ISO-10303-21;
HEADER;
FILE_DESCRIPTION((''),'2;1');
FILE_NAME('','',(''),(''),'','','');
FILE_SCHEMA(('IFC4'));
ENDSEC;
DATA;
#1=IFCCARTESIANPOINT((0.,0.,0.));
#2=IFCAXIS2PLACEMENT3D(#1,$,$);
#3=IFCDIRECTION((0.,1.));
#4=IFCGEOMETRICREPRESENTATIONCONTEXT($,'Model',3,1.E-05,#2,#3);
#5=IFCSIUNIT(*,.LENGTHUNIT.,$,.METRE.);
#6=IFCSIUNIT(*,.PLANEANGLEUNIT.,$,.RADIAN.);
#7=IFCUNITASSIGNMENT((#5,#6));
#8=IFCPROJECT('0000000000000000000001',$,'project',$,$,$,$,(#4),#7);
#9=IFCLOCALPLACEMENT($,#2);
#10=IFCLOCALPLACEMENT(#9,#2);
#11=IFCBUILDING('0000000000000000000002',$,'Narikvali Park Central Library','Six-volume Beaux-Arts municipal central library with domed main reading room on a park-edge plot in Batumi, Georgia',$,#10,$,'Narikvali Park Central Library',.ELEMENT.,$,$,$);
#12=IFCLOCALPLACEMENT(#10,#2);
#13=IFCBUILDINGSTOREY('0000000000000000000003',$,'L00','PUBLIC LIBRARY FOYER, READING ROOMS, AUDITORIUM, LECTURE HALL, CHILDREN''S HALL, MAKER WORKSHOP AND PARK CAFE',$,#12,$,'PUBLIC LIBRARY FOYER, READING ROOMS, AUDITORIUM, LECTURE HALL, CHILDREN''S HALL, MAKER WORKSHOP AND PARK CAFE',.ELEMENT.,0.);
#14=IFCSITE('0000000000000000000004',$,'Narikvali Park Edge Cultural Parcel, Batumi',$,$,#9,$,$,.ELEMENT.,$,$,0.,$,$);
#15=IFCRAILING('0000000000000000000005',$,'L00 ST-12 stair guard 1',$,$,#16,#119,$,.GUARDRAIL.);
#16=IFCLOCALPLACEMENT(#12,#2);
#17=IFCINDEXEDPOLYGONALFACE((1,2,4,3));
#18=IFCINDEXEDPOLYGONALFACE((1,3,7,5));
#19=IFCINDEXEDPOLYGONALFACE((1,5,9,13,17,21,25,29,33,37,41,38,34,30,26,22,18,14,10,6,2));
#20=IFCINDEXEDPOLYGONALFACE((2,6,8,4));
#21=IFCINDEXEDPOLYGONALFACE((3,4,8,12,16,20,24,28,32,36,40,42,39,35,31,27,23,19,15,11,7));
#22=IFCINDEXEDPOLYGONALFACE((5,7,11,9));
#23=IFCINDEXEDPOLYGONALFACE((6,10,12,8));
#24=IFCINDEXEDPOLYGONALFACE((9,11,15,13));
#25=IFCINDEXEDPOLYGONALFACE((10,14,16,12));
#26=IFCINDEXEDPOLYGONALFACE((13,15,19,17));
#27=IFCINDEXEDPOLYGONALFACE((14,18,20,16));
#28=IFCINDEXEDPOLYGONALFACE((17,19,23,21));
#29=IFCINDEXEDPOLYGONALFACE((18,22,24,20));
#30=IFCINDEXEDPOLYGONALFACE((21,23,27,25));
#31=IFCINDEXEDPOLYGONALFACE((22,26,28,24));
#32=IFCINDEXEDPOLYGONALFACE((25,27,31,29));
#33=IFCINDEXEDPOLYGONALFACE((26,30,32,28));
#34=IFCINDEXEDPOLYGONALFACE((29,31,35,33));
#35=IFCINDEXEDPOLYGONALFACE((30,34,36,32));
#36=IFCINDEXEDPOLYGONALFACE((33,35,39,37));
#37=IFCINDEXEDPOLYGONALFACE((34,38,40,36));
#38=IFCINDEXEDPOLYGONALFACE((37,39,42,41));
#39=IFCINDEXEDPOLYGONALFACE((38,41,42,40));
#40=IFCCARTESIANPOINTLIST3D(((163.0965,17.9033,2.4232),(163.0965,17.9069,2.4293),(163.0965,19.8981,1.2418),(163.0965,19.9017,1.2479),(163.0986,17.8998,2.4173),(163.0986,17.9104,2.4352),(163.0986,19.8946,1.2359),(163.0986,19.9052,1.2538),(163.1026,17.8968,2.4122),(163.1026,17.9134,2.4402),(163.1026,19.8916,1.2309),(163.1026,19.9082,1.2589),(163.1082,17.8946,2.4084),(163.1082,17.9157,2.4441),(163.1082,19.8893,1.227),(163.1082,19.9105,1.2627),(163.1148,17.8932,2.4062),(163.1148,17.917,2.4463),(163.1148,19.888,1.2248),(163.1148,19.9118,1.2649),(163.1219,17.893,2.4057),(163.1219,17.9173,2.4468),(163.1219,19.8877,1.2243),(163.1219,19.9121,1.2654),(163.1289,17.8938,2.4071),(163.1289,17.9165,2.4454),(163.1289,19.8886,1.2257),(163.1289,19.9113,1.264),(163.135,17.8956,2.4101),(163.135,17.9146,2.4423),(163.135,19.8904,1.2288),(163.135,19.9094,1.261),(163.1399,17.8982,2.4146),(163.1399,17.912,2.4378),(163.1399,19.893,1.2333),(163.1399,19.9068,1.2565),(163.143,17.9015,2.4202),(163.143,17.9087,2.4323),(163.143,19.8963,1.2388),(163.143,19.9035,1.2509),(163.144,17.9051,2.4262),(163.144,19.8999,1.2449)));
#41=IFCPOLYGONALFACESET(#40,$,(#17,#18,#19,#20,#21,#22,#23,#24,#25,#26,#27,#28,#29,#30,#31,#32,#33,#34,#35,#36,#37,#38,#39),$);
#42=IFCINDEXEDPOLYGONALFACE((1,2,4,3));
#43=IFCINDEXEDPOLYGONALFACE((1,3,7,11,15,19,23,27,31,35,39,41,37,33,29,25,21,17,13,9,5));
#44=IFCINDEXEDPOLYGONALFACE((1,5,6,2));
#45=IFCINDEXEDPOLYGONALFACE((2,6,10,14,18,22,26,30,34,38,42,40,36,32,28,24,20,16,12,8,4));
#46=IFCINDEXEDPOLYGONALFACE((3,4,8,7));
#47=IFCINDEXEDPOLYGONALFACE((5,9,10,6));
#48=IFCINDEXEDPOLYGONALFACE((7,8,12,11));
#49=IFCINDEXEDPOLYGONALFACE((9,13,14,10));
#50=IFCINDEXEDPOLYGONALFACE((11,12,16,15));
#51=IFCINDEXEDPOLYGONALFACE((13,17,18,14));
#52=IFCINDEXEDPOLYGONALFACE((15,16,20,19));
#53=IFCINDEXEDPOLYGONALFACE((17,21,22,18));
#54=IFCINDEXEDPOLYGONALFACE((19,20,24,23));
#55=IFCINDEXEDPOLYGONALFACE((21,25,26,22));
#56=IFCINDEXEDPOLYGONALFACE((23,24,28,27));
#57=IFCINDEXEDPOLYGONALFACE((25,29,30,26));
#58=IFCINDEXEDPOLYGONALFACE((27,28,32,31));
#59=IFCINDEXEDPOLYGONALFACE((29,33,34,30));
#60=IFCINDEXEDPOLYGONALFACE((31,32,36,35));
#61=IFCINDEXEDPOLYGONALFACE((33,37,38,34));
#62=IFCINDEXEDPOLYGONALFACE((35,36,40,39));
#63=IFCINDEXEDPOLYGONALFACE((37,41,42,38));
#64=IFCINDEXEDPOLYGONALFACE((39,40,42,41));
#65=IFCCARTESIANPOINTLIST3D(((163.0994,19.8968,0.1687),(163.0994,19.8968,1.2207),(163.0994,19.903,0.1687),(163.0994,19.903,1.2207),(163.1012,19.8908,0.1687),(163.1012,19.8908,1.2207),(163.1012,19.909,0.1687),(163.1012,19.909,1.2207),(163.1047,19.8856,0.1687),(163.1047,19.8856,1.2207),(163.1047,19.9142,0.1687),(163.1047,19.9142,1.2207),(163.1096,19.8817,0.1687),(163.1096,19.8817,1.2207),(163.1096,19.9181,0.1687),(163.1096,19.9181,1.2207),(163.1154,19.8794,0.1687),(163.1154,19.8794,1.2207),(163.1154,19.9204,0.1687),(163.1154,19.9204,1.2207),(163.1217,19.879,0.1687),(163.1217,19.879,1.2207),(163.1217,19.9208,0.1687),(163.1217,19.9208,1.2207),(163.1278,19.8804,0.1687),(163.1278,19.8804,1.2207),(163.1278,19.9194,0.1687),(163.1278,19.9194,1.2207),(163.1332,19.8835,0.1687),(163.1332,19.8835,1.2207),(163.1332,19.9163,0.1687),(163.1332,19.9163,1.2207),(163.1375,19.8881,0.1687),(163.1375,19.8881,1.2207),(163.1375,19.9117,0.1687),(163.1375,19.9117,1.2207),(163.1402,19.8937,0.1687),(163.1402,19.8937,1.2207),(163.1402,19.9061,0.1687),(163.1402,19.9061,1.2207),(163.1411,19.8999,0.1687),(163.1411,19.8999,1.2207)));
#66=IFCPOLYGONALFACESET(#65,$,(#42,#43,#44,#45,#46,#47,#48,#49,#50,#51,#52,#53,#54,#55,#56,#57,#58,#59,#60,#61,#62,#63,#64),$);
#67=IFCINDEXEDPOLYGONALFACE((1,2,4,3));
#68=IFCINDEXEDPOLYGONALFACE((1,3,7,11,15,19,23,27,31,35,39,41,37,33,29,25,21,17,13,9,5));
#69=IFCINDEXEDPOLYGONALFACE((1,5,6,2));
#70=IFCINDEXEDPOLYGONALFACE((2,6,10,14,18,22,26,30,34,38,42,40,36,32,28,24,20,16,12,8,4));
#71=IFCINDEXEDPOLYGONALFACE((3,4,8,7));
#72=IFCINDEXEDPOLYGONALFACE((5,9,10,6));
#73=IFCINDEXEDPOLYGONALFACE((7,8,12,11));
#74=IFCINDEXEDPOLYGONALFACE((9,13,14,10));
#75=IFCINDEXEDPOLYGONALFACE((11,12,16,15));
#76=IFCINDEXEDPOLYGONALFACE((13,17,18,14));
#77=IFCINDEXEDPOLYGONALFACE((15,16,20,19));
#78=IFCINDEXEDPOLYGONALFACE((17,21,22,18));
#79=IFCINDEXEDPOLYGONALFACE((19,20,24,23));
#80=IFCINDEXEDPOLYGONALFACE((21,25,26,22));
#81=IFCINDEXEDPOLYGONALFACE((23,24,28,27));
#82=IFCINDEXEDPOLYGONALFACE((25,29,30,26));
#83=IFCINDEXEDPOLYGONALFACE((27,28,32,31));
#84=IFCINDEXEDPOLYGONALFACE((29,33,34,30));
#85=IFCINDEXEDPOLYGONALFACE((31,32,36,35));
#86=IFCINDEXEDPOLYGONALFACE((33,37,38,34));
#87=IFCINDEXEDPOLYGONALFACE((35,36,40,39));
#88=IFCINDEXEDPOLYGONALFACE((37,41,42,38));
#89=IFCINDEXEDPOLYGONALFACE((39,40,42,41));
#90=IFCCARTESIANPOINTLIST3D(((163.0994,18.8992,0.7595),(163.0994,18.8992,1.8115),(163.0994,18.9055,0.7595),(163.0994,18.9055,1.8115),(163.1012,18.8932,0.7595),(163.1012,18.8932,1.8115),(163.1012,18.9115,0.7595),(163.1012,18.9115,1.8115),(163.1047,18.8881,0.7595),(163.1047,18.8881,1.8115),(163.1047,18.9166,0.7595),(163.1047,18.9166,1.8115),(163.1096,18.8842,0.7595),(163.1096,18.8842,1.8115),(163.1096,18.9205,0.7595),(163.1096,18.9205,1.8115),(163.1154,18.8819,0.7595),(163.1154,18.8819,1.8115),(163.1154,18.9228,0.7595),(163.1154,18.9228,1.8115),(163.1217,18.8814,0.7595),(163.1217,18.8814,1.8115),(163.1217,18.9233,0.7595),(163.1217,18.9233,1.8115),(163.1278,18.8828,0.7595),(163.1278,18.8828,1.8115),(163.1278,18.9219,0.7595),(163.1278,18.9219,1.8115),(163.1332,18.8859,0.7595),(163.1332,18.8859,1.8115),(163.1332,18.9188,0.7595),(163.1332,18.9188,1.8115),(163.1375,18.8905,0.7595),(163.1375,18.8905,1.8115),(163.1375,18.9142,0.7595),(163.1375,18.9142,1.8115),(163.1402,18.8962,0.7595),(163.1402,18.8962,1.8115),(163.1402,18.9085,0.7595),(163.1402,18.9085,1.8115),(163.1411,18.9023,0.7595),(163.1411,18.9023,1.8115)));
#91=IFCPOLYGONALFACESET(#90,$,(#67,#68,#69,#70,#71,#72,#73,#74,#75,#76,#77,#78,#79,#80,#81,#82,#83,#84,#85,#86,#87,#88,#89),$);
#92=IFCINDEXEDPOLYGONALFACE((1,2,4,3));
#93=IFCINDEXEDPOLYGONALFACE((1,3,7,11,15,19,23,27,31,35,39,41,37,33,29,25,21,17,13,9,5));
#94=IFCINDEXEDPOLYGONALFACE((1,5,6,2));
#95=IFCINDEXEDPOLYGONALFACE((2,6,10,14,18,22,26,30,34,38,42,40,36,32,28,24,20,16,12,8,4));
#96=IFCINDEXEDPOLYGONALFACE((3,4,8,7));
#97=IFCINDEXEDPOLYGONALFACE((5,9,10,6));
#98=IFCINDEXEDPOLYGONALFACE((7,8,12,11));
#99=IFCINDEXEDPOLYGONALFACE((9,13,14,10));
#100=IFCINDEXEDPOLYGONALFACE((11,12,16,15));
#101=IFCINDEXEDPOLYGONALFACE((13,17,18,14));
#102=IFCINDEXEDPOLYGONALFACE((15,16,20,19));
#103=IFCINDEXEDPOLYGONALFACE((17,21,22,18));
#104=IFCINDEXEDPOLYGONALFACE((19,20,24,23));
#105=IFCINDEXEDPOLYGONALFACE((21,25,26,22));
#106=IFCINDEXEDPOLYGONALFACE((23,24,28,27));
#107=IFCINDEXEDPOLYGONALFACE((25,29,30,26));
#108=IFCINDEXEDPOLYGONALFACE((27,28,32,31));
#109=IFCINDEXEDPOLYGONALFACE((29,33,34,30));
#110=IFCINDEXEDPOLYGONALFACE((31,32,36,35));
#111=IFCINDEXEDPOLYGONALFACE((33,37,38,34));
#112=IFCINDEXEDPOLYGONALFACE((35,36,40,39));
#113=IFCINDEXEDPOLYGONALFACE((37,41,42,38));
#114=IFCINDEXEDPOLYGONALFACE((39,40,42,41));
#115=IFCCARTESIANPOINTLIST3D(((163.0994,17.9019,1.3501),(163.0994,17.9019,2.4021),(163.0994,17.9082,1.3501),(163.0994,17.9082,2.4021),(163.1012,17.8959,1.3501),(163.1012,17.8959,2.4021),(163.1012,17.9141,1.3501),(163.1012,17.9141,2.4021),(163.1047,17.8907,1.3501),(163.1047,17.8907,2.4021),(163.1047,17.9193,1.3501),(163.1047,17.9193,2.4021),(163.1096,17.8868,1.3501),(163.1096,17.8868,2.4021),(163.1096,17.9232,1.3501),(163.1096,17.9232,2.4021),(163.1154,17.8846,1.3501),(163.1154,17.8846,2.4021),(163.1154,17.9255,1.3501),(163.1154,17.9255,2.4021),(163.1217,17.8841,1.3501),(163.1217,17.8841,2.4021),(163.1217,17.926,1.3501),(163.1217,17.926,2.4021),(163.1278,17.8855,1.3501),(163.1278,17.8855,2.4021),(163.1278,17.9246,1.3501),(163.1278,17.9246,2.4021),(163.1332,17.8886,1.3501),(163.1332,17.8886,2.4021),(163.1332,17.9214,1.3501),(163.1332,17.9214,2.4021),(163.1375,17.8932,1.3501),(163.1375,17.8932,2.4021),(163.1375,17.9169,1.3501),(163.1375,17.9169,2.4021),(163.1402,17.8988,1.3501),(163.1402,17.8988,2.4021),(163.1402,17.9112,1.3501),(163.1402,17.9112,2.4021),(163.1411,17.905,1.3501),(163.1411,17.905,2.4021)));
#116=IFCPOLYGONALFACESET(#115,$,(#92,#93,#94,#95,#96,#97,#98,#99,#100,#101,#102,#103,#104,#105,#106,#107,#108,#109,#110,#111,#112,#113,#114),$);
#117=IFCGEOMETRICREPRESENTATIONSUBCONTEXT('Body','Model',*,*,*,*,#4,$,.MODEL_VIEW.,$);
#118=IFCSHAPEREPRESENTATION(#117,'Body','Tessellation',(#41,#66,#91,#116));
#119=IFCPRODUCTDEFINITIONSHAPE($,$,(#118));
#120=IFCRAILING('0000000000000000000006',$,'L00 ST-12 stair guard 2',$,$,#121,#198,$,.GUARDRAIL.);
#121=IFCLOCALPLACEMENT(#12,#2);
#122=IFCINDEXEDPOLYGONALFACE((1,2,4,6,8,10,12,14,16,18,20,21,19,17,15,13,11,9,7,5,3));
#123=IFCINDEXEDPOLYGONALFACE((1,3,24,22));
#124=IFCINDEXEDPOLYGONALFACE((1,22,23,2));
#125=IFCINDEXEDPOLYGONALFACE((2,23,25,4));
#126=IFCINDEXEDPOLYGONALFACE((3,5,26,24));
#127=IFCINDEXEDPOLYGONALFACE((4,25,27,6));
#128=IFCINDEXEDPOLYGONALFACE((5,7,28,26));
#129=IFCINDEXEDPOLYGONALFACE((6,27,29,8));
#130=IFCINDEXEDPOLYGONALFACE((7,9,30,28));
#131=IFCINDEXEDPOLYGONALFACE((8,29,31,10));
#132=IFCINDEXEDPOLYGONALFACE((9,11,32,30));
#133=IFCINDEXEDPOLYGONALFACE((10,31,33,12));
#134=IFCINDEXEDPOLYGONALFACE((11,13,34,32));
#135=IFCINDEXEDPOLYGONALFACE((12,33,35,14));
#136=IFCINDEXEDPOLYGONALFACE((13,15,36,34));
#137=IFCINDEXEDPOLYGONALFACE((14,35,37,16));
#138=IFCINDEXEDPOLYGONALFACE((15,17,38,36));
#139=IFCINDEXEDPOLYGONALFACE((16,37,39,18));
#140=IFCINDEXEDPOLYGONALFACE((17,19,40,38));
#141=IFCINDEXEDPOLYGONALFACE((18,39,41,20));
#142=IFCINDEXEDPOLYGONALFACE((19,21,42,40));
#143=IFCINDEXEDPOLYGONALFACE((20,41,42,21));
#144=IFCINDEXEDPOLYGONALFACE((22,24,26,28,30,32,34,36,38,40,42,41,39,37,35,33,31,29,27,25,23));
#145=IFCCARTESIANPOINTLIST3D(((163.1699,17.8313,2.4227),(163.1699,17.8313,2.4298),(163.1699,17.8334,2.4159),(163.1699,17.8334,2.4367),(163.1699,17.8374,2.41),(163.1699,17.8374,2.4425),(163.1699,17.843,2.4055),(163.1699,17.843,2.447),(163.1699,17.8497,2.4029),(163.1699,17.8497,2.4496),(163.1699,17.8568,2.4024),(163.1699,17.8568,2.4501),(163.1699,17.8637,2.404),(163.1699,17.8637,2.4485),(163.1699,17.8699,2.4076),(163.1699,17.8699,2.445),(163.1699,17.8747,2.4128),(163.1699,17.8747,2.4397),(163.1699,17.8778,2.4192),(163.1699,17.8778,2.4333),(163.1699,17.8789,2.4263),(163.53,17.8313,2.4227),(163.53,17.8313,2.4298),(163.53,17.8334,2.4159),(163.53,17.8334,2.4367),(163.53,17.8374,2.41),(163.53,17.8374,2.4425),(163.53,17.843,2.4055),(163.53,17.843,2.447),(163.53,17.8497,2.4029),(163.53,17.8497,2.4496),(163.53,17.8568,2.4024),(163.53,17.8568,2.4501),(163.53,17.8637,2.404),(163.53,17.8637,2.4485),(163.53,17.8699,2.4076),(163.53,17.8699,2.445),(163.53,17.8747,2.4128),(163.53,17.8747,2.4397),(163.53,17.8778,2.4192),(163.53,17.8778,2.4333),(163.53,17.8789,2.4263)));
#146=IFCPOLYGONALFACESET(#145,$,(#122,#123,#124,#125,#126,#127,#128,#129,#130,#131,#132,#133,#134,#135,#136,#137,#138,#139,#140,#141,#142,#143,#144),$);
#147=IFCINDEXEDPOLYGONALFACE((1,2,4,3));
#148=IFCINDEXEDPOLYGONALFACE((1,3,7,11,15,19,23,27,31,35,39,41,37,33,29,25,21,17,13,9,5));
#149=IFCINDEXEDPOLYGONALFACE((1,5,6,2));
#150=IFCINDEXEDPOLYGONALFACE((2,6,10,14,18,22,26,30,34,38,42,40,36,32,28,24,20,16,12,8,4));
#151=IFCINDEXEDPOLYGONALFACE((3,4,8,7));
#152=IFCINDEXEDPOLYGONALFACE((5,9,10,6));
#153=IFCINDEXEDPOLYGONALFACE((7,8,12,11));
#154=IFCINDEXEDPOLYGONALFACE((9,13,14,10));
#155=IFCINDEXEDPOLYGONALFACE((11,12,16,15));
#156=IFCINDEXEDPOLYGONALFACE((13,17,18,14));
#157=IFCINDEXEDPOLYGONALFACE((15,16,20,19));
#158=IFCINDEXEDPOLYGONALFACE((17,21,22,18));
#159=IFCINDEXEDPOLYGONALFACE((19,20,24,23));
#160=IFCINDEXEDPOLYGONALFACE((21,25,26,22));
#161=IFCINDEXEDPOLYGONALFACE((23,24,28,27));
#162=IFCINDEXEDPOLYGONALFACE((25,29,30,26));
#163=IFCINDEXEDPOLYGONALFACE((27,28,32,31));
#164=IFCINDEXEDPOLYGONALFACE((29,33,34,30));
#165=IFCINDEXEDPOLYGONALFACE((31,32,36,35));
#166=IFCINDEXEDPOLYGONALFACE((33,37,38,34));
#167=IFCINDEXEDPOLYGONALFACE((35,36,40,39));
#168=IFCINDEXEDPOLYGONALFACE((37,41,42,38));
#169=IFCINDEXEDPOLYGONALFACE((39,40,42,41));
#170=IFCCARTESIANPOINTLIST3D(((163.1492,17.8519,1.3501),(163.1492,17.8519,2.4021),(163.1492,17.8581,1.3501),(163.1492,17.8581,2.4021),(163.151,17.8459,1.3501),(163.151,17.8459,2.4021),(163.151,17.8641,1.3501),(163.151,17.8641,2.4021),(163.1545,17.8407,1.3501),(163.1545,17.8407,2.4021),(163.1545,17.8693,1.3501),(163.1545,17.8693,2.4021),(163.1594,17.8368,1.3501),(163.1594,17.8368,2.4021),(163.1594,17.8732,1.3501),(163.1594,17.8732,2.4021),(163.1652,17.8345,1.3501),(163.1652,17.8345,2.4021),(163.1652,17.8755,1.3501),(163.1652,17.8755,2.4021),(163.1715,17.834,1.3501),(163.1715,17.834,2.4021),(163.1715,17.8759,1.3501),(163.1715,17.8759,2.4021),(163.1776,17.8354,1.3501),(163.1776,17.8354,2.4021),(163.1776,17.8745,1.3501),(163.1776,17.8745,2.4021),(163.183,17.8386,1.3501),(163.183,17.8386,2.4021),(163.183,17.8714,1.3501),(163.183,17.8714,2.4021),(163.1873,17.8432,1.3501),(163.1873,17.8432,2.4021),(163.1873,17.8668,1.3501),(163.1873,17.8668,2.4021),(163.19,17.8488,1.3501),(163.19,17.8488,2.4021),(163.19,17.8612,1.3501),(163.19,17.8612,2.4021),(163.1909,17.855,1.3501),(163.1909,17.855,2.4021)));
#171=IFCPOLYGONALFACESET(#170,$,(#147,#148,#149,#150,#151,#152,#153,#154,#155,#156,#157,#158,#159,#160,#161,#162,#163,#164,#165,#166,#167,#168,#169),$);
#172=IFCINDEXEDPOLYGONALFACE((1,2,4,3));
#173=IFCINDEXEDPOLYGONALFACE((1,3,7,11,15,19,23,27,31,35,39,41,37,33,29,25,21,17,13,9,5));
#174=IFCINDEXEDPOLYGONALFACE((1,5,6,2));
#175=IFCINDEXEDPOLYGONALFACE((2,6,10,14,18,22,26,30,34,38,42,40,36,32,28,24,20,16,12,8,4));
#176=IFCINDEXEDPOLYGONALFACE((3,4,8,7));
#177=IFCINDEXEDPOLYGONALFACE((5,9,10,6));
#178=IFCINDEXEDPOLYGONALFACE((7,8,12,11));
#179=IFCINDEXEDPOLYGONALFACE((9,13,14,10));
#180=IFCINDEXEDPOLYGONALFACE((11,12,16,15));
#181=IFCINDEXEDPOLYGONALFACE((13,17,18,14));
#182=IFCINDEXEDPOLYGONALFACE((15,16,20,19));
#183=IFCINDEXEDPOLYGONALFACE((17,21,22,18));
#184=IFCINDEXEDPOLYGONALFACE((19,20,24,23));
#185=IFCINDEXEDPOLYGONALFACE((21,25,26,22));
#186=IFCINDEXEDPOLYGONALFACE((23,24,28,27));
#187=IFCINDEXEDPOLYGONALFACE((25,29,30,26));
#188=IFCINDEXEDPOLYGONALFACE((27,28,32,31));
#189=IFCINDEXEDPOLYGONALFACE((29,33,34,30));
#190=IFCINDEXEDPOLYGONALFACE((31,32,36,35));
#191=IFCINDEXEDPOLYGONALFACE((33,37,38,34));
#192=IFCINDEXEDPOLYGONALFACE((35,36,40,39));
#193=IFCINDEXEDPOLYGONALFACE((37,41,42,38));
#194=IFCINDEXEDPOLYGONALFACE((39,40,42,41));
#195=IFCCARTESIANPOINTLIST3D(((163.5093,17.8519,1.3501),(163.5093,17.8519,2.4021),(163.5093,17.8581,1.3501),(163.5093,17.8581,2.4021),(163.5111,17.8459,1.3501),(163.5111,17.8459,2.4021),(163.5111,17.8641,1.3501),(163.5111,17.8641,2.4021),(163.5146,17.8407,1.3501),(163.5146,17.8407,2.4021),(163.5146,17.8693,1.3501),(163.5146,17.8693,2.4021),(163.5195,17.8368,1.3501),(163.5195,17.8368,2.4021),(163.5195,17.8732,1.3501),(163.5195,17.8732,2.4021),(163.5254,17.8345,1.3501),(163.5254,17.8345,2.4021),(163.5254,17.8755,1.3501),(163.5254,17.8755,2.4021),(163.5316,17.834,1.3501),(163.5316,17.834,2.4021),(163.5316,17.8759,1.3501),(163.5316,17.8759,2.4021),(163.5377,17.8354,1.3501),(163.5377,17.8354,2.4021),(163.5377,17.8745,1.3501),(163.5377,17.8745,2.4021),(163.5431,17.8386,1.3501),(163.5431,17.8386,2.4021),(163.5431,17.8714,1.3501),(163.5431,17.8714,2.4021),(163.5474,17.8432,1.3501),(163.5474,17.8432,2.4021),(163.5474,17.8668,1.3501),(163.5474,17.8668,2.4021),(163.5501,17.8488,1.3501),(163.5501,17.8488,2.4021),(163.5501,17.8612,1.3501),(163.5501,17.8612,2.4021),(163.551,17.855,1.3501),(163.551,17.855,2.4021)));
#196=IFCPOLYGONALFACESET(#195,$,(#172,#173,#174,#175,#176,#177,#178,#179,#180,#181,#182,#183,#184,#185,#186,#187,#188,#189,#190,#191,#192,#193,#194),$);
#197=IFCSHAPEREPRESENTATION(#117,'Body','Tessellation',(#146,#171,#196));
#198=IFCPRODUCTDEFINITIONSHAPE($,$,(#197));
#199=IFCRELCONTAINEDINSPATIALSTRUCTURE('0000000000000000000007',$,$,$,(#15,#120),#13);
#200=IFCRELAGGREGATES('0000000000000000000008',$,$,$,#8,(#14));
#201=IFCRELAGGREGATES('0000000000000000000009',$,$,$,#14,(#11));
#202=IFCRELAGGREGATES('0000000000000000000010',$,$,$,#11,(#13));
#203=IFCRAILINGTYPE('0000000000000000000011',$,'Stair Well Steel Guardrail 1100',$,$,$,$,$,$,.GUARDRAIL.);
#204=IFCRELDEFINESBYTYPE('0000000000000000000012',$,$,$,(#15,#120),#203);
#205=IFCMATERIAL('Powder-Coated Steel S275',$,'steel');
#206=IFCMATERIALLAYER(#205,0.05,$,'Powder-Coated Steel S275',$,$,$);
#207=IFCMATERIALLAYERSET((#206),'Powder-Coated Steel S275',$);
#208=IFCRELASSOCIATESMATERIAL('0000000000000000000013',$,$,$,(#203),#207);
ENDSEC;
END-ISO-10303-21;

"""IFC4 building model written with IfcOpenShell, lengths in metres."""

from ifc_helpers import new_model, si_unit, direction, frame, origin, origin_2d, place, context, subcontext, project, spatial, circle, extrude, material, layer, layer_set, type_object, element, save


model = new_model("IFC4")

# Units and contexts
model_context = context("Model", 3, precision=1e-05, world=origin(), true_north=direction((0.0, 1.0)))
body_context = subcontext(model_context, "Body", "Model", "MODEL_VIEW")
ifc_project = project(units=[si_unit("LENGTHUNIT", "METRE"), si_unit("PLANEANGLEUNIT", "RADIAN")], contexts=[model_context])

# Site, building, storey
site_placement = place(None, origin())
site = spatial("IfcSite", under=ifc_project, at=site_placement, Name="Narikvali Park Edge Cultural Parcel, Batumi", CompositionType="ELEMENT", RefElevation=0.0)
building_placement = place(site_placement, origin())
building = spatial("IfcBuilding", under=site, at=building_placement, Name="Narikvali Park Central Library", Description="Six-volume Beaux-Arts municipal central library with domed main reading room on a park-edge plot in Batumi, Georgia", LongName="Narikvali Park Central Library", CompositionType="ELEMENT")
storey_placement = place(building_placement, origin())
storey = spatial("IfcBuildingStorey", under=building, at=storey_placement, Name="L00", Description="PUBLIC LIBRARY FOYER, READING ROOMS, AUDITORIUM, LECTURE HALL, CHILDREN'S HALL, MAKER WORKSHOP AND PARK CAFE", LongName="PUBLIC LIBRARY FOYER, READING ROOMS, AUDITORIUM, LECTURE HALL, CHILDREN'S HALL, MAKER WORKSHOP AND PARK CAFE", CompositionType="ELEMENT", Elevation=0.0)

# Railings
ifc_material_1 = material(Name="Powder-Coated Steel S275", Category="steel")
ifc_layer_1 = layer(ifc_material_1, 0.05, Name="Powder-Coated Steel S275")
ifc_layer_set_1 = layer_set([ifc_layer_1], Name="Powder-Coated Steel S275")
railing_type_1 = type_object("IfcRailingType", Name="Stair Well Steel Guardrail 1100", PredefinedType="GUARDRAIL", material=ifc_layer_set_1)
railing_1_placement = place(storey_placement, frame((163.1201, 19.8999, 0.1687)))
element("IfcRailing", 1, at=railing_1_placement, inside=storey, type_object=railing_type_1, Name="L00 ST-12 stair guard 1", PredefinedType="GUARDRAIL", context=body_context, shape_type="SweptSolid", body=[
    extrude(circle(Radius=0.0239, at=origin_2d()), frame((0.0, 0.0, 1.0762), z_axis=(0.0, -0.860433, 0.509563), x_axis=(1.0, 0.0, 0.0)), (0.0, 0.0, 1.0), 2.3184),
    extrude(circle(Radius=0.021, at=origin_2d()), origin(), (0.0, 0.0, 1.0), 1.052),
    extrude(circle(Radius=0.021, at=origin_2d()), frame((0.0, -0.9976, 0.5908)), (0.0, 0.0, 1.0), 1.052),
    extrude(circle(Radius=0.021, at=origin_2d()), frame((0.0, -1.9949, 1.1814)), (0.0, 0.0, 1.0), 1.052),
])
railing_2_placement = place(storey_placement, frame((163.1699, 17.855, 1.3501)))
element("IfcRailing", 2, at=railing_2_placement, inside=storey, type_object=railing_type_1, Name="L00 ST-12 stair guard 2", PredefinedType="GUARDRAIL", context=body_context, shape_type="SweptSolid", body=[
    extrude(circle(Radius=0.0239, at=origin_2d()), frame((0.0, 0.0, 1.0762), z_axis=(1.0, 0.0, 0.0), x_axis=(0.0, 1.0, 0.0)), (0.0, 0.0, 1.0), 0.3601),
    extrude(circle(Radius=0.021, at=origin_2d()), origin(), (0.0, 0.0, 1.0), 1.052),
    extrude(circle(Radius=0.021, at=origin_2d()), frame((0.3601, 0.0, 0.0)), (0.0, 0.0, 1.0), 1.052),
])

save(model, "model.ifc")
